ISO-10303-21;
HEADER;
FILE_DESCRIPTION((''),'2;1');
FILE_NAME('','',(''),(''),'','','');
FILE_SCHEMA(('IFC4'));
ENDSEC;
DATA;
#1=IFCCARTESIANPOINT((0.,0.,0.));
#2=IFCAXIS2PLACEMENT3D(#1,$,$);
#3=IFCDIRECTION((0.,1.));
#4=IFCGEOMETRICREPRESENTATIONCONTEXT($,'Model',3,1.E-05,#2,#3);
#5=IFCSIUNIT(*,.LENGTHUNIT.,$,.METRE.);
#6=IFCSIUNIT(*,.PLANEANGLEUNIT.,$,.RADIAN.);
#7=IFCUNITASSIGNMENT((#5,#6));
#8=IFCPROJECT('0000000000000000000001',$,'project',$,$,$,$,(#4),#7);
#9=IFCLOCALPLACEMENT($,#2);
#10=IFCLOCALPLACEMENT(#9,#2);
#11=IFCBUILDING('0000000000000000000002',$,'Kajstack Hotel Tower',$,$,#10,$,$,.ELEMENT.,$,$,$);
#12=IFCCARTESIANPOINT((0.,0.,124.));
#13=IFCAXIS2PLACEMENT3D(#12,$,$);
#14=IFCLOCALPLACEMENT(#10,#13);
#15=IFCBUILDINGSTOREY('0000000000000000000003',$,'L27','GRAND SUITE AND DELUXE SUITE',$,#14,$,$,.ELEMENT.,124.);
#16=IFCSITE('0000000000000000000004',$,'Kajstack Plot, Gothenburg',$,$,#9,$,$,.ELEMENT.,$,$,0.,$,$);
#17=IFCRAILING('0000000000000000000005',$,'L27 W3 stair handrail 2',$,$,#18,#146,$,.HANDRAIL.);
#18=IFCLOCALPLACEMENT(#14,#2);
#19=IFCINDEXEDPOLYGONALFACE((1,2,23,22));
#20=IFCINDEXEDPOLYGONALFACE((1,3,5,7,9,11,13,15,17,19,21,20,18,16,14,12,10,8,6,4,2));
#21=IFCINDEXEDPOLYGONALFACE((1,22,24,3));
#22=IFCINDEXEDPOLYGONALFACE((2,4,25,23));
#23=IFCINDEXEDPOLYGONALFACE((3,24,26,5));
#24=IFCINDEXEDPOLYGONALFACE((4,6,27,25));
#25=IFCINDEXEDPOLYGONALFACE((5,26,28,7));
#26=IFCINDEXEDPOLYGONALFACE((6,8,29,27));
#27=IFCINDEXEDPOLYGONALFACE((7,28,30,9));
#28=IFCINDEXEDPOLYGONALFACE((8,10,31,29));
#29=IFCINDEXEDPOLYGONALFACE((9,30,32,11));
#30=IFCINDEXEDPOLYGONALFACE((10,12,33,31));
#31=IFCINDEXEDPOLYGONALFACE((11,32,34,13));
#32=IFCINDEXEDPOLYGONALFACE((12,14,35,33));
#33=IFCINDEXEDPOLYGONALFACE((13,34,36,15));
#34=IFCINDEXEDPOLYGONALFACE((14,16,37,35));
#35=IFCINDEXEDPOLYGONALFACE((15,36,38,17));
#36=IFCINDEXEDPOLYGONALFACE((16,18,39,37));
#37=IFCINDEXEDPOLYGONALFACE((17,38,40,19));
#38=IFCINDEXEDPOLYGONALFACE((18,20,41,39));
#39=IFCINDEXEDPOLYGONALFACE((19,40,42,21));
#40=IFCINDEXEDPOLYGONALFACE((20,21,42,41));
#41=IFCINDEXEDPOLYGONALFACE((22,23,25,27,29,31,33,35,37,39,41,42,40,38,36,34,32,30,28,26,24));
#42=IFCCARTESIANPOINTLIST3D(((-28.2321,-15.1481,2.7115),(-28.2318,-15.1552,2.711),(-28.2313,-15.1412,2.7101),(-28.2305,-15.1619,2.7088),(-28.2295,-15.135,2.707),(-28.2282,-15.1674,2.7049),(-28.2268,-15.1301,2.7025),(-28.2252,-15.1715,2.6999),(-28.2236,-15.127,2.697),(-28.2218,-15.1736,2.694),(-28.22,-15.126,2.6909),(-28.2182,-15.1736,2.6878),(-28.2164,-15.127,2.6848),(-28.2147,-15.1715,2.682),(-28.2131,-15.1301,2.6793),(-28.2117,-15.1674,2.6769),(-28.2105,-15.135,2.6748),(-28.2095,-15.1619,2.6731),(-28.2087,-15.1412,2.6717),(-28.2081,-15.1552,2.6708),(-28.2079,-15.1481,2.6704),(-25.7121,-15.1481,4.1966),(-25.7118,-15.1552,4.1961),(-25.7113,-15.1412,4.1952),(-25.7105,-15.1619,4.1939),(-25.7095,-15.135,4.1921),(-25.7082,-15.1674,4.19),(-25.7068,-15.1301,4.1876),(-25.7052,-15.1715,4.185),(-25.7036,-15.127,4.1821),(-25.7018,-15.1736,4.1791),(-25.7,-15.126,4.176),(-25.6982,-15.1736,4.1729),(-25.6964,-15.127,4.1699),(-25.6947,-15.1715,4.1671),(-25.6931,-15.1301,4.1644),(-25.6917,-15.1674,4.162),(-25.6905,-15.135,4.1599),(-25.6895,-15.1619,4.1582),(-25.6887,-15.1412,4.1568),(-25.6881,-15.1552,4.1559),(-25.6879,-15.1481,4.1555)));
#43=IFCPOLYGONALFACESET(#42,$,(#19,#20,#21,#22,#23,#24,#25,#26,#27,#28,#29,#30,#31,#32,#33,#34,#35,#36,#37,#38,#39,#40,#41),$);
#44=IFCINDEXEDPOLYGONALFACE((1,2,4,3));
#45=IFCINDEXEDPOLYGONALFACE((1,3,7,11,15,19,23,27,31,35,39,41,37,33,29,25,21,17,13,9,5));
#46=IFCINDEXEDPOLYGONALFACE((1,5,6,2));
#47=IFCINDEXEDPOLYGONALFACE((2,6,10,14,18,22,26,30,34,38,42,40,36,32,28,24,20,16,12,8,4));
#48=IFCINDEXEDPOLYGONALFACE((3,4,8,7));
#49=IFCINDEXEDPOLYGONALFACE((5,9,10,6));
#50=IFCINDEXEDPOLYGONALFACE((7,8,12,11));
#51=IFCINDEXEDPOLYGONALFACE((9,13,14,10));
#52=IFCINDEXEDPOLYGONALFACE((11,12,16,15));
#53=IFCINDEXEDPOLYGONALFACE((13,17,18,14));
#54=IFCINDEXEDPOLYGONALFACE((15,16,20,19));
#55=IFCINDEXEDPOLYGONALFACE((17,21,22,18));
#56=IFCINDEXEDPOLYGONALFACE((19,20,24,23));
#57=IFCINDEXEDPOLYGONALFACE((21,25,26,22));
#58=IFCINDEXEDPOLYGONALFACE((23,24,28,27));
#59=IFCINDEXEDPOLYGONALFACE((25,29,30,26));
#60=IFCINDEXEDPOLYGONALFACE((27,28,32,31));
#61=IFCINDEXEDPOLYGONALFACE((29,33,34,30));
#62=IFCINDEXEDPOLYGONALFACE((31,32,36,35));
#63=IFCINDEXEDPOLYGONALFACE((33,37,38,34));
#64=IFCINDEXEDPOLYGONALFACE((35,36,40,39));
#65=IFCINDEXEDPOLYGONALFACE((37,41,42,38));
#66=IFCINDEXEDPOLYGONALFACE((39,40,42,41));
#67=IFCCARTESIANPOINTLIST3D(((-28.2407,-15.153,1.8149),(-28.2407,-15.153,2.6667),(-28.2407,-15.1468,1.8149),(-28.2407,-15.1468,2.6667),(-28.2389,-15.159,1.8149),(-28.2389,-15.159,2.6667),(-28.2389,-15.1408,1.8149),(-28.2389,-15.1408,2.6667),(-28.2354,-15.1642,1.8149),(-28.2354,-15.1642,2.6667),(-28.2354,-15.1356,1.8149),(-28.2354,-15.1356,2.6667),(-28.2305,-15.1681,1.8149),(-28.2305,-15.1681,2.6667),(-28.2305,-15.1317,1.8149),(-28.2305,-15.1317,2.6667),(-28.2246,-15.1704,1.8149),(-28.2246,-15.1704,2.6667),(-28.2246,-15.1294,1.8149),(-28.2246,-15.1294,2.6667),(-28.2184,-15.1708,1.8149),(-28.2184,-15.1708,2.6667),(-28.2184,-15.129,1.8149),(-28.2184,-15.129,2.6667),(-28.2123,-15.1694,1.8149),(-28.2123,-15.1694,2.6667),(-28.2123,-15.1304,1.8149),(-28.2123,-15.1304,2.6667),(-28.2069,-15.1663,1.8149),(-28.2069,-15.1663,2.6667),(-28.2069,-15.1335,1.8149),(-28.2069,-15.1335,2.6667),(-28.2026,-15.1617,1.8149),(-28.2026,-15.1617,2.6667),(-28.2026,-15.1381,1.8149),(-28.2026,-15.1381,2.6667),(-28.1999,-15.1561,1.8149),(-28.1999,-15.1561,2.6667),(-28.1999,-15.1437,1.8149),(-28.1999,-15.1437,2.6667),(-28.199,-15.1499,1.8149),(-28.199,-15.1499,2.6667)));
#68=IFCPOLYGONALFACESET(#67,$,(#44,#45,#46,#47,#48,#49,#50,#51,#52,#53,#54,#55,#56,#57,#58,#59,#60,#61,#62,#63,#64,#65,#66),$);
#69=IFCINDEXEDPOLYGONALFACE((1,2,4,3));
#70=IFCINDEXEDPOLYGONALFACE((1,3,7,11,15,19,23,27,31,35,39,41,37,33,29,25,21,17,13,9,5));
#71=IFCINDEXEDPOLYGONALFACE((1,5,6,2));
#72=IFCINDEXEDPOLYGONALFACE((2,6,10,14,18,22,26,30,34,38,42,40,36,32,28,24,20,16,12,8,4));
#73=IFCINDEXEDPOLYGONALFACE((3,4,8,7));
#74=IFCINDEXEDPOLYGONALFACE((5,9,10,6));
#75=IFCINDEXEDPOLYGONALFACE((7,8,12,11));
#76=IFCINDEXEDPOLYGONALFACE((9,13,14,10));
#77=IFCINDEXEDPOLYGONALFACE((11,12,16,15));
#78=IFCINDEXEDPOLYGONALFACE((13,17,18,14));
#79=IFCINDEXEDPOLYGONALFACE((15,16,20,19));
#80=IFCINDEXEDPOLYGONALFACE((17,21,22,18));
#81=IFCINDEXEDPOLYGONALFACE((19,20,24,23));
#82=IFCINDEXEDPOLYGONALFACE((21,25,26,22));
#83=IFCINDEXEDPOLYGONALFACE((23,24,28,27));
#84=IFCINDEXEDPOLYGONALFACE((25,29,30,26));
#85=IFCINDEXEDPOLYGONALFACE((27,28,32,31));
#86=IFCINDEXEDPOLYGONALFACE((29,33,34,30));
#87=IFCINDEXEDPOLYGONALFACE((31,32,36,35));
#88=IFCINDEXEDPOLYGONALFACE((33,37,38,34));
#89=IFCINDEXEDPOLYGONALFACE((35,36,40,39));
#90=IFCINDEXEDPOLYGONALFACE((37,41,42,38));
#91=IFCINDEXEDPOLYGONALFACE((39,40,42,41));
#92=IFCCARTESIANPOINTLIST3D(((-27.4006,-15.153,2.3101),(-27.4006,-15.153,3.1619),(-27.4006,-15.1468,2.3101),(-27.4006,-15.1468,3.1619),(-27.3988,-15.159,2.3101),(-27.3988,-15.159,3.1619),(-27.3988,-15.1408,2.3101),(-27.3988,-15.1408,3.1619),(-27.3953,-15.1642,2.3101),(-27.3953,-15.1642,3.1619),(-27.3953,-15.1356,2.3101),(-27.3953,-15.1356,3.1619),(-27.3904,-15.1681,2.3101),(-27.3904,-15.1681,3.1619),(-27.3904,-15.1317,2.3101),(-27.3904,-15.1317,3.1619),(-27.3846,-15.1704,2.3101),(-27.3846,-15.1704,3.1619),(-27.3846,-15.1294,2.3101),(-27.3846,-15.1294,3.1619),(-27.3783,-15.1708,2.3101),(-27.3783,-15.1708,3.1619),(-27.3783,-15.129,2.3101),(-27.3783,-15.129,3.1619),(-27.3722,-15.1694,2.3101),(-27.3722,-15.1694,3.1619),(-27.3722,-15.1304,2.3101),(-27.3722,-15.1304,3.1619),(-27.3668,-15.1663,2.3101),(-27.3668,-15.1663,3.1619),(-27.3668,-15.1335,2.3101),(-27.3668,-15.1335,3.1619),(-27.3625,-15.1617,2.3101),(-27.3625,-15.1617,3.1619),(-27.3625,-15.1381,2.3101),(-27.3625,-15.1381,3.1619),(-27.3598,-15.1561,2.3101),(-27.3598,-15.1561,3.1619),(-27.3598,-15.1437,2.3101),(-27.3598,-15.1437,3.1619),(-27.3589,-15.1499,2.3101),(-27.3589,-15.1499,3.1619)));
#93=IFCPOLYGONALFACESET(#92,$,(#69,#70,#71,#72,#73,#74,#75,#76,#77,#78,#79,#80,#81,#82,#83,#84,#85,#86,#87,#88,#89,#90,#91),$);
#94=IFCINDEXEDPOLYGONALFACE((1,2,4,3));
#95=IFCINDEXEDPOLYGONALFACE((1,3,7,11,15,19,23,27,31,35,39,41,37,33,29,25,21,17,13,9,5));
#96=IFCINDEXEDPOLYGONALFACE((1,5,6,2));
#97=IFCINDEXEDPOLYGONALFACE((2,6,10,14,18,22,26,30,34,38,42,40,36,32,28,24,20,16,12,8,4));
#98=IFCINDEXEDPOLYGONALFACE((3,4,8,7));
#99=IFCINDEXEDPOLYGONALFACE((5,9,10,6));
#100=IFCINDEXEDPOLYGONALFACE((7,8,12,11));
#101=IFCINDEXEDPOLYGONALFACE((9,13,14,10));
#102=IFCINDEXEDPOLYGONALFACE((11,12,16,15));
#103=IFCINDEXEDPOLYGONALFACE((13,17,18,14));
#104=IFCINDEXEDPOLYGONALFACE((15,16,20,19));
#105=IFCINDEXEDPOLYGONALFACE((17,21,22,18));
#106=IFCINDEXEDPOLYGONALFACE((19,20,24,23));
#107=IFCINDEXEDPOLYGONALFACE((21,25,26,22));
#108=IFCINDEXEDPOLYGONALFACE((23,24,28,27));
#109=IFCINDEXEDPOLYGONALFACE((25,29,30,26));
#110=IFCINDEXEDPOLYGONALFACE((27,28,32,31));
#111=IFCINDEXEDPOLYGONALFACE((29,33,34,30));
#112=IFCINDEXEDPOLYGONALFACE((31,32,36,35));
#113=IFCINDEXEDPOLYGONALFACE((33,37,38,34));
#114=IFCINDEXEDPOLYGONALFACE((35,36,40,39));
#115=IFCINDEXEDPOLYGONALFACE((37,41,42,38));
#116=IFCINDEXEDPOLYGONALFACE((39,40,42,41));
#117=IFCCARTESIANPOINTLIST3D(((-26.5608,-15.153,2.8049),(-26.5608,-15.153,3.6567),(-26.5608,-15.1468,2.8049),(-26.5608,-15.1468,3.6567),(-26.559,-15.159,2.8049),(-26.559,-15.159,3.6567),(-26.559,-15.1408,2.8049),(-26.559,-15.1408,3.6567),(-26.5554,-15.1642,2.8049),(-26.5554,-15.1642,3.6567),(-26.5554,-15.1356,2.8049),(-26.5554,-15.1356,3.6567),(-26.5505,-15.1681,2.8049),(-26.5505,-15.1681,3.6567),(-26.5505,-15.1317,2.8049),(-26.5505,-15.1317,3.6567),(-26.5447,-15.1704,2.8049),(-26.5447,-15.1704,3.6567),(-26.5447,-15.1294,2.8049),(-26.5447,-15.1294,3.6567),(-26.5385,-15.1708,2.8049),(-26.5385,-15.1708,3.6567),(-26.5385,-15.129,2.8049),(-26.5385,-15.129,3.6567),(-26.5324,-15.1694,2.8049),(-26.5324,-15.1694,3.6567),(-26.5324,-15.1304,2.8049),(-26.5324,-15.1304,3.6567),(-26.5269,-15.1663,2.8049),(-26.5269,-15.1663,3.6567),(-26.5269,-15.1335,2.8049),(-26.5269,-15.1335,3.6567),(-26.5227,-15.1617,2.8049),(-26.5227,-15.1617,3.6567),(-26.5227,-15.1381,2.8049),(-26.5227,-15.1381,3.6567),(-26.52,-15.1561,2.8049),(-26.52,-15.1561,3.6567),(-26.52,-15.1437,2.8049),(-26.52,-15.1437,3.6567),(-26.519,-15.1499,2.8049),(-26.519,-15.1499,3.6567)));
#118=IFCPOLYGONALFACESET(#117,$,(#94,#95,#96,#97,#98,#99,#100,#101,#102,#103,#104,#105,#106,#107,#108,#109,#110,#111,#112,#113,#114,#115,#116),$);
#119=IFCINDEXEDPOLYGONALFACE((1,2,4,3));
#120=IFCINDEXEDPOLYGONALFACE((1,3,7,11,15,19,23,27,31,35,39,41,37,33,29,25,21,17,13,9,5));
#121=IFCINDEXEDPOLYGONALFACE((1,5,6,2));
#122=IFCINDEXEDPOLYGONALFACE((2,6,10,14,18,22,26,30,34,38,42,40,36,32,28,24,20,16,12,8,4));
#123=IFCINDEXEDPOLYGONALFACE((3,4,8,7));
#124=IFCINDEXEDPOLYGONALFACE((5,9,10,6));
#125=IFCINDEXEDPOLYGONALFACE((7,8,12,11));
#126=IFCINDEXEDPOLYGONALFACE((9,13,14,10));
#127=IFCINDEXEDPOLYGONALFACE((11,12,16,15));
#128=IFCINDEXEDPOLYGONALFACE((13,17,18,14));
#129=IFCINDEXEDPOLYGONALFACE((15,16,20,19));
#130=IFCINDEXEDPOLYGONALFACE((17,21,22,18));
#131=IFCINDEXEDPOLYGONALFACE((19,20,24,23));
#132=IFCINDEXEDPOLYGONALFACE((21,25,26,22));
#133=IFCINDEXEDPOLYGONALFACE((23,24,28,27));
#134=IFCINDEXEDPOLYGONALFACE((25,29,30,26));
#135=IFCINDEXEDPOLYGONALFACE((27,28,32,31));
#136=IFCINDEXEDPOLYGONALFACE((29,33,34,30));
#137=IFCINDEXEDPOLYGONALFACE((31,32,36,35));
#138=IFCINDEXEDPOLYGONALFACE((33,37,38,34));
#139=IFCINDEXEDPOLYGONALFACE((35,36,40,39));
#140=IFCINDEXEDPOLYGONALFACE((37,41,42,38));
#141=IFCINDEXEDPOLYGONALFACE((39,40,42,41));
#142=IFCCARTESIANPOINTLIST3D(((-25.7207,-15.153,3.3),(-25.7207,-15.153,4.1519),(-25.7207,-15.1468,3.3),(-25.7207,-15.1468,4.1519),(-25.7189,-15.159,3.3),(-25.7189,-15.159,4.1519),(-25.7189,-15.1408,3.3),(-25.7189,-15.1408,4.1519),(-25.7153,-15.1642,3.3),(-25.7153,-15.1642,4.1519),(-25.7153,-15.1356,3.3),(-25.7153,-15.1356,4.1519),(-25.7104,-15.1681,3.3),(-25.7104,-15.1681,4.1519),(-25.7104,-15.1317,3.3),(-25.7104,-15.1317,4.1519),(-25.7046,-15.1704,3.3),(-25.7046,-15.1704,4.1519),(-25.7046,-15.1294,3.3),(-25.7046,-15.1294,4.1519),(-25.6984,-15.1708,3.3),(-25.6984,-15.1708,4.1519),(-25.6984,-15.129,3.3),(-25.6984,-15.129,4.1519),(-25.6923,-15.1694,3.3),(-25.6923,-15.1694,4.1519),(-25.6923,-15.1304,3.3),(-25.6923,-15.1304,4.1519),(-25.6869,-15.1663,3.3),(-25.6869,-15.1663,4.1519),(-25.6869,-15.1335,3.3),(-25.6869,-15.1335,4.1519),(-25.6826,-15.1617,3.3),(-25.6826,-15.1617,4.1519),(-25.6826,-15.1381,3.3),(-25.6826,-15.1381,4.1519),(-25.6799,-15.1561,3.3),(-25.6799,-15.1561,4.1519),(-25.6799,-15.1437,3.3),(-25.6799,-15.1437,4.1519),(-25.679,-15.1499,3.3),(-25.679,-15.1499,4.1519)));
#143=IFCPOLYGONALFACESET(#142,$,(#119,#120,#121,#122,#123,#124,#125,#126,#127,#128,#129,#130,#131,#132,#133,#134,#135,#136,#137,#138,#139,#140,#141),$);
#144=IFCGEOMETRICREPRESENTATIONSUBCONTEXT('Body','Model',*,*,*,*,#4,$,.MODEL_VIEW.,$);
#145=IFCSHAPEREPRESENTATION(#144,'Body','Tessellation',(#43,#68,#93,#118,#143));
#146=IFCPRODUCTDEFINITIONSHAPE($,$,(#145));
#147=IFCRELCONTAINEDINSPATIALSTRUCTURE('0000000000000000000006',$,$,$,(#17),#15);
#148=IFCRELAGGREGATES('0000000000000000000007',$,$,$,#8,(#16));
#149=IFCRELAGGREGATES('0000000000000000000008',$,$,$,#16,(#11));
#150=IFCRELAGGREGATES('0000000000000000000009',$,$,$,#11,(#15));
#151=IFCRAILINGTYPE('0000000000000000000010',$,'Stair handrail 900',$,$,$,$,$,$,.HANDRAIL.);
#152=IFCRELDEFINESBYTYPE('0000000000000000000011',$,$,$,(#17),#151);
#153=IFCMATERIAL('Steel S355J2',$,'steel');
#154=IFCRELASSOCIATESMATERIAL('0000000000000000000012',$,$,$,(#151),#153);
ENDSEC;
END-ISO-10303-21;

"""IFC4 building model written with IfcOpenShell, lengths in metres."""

from ifc_helpers import new_model, si_unit, direction, frame, origin, origin_2d, place, context, subcontext, project, spatial, circle, extrude, material, type_object, element, save


model = new_model("IFC4")

# Units and contexts
model_context = context("Model", 3, precision=1e-05, world=origin(), true_north=direction((0.0, 1.0)))
body_context = subcontext(model_context, "Body", "Model", "MODEL_VIEW")
ifc_project = project(units=[si_unit("LENGTHUNIT", "METRE"), si_unit("PLANEANGLEUNIT", "RADIAN")], contexts=[model_context])

# Site, building, storey
site_placement = place(None, origin())
site = spatial("IfcSite", under=ifc_project, at=site_placement, Name="Kajstack Plot, Gothenburg", CompositionType="ELEMENT", RefElevation=0.0)
building_placement = place(site_placement, origin())
building = spatial("IfcBuilding", under=site, at=building_placement, Name="Kajstack Hotel Tower", CompositionType="ELEMENT")
storey_placement = place(building_placement, frame((0.0, 0.0, 124.0)))
storey = spatial("IfcBuildingStorey", under=building, at=storey_placement, Name="L27", Description="GRAND SUITE AND DELUXE SUITE", CompositionType="ELEMENT", Elevation=124.0)

# Railing
ifc_material_1 = material(Name="Steel S355J2", Category="steel")
railing_type_1 = type_object("IfcRailingType", Name="Stair handrail 900", PredefinedType="HANDRAIL", material=ifc_material_1)
railing_1_placement = place(storey_placement, frame((-28.22, -15.1499, 1.8149)))
element("IfcRailing", 1, at=railing_1_placement, inside=storey, type_object=railing_type_1, Name="L27 W3 stair handrail 2", PredefinedType="HANDRAIL", context=body_context, shape_type="SweptSolid", body=[
    extrude(circle(Radius=0.0239, at=origin_2d()), frame((0.0, 0.0, 0.876), z_axis=(0.861524, 0.0, 0.507717), x_axis=(0.0, 1.0, 0.0)), (0.0, 0.0, 1.0), 2.925),
    extrude(circle(Radius=0.021, at=origin_2d()), origin(), (0.0, 0.0, 1.0), 0.8518),
    extrude(circle(Radius=0.021, at=origin_2d()), frame((0.8401, 0.0, 0.4951)), (0.0, 0.0, 1.0), 0.8518),
    extrude(circle(Radius=0.021, at=origin_2d()), frame((1.6799, 0.0, 0.99)), (0.0, 0.0, 1.0), 0.8518),
    extrude(circle(Radius=0.021, at=origin_2d()), frame((2.52, 0.0, 1.4851)), (0.0, 0.0, 1.0), 0.8518),
])

save(model, "model.ifc")
